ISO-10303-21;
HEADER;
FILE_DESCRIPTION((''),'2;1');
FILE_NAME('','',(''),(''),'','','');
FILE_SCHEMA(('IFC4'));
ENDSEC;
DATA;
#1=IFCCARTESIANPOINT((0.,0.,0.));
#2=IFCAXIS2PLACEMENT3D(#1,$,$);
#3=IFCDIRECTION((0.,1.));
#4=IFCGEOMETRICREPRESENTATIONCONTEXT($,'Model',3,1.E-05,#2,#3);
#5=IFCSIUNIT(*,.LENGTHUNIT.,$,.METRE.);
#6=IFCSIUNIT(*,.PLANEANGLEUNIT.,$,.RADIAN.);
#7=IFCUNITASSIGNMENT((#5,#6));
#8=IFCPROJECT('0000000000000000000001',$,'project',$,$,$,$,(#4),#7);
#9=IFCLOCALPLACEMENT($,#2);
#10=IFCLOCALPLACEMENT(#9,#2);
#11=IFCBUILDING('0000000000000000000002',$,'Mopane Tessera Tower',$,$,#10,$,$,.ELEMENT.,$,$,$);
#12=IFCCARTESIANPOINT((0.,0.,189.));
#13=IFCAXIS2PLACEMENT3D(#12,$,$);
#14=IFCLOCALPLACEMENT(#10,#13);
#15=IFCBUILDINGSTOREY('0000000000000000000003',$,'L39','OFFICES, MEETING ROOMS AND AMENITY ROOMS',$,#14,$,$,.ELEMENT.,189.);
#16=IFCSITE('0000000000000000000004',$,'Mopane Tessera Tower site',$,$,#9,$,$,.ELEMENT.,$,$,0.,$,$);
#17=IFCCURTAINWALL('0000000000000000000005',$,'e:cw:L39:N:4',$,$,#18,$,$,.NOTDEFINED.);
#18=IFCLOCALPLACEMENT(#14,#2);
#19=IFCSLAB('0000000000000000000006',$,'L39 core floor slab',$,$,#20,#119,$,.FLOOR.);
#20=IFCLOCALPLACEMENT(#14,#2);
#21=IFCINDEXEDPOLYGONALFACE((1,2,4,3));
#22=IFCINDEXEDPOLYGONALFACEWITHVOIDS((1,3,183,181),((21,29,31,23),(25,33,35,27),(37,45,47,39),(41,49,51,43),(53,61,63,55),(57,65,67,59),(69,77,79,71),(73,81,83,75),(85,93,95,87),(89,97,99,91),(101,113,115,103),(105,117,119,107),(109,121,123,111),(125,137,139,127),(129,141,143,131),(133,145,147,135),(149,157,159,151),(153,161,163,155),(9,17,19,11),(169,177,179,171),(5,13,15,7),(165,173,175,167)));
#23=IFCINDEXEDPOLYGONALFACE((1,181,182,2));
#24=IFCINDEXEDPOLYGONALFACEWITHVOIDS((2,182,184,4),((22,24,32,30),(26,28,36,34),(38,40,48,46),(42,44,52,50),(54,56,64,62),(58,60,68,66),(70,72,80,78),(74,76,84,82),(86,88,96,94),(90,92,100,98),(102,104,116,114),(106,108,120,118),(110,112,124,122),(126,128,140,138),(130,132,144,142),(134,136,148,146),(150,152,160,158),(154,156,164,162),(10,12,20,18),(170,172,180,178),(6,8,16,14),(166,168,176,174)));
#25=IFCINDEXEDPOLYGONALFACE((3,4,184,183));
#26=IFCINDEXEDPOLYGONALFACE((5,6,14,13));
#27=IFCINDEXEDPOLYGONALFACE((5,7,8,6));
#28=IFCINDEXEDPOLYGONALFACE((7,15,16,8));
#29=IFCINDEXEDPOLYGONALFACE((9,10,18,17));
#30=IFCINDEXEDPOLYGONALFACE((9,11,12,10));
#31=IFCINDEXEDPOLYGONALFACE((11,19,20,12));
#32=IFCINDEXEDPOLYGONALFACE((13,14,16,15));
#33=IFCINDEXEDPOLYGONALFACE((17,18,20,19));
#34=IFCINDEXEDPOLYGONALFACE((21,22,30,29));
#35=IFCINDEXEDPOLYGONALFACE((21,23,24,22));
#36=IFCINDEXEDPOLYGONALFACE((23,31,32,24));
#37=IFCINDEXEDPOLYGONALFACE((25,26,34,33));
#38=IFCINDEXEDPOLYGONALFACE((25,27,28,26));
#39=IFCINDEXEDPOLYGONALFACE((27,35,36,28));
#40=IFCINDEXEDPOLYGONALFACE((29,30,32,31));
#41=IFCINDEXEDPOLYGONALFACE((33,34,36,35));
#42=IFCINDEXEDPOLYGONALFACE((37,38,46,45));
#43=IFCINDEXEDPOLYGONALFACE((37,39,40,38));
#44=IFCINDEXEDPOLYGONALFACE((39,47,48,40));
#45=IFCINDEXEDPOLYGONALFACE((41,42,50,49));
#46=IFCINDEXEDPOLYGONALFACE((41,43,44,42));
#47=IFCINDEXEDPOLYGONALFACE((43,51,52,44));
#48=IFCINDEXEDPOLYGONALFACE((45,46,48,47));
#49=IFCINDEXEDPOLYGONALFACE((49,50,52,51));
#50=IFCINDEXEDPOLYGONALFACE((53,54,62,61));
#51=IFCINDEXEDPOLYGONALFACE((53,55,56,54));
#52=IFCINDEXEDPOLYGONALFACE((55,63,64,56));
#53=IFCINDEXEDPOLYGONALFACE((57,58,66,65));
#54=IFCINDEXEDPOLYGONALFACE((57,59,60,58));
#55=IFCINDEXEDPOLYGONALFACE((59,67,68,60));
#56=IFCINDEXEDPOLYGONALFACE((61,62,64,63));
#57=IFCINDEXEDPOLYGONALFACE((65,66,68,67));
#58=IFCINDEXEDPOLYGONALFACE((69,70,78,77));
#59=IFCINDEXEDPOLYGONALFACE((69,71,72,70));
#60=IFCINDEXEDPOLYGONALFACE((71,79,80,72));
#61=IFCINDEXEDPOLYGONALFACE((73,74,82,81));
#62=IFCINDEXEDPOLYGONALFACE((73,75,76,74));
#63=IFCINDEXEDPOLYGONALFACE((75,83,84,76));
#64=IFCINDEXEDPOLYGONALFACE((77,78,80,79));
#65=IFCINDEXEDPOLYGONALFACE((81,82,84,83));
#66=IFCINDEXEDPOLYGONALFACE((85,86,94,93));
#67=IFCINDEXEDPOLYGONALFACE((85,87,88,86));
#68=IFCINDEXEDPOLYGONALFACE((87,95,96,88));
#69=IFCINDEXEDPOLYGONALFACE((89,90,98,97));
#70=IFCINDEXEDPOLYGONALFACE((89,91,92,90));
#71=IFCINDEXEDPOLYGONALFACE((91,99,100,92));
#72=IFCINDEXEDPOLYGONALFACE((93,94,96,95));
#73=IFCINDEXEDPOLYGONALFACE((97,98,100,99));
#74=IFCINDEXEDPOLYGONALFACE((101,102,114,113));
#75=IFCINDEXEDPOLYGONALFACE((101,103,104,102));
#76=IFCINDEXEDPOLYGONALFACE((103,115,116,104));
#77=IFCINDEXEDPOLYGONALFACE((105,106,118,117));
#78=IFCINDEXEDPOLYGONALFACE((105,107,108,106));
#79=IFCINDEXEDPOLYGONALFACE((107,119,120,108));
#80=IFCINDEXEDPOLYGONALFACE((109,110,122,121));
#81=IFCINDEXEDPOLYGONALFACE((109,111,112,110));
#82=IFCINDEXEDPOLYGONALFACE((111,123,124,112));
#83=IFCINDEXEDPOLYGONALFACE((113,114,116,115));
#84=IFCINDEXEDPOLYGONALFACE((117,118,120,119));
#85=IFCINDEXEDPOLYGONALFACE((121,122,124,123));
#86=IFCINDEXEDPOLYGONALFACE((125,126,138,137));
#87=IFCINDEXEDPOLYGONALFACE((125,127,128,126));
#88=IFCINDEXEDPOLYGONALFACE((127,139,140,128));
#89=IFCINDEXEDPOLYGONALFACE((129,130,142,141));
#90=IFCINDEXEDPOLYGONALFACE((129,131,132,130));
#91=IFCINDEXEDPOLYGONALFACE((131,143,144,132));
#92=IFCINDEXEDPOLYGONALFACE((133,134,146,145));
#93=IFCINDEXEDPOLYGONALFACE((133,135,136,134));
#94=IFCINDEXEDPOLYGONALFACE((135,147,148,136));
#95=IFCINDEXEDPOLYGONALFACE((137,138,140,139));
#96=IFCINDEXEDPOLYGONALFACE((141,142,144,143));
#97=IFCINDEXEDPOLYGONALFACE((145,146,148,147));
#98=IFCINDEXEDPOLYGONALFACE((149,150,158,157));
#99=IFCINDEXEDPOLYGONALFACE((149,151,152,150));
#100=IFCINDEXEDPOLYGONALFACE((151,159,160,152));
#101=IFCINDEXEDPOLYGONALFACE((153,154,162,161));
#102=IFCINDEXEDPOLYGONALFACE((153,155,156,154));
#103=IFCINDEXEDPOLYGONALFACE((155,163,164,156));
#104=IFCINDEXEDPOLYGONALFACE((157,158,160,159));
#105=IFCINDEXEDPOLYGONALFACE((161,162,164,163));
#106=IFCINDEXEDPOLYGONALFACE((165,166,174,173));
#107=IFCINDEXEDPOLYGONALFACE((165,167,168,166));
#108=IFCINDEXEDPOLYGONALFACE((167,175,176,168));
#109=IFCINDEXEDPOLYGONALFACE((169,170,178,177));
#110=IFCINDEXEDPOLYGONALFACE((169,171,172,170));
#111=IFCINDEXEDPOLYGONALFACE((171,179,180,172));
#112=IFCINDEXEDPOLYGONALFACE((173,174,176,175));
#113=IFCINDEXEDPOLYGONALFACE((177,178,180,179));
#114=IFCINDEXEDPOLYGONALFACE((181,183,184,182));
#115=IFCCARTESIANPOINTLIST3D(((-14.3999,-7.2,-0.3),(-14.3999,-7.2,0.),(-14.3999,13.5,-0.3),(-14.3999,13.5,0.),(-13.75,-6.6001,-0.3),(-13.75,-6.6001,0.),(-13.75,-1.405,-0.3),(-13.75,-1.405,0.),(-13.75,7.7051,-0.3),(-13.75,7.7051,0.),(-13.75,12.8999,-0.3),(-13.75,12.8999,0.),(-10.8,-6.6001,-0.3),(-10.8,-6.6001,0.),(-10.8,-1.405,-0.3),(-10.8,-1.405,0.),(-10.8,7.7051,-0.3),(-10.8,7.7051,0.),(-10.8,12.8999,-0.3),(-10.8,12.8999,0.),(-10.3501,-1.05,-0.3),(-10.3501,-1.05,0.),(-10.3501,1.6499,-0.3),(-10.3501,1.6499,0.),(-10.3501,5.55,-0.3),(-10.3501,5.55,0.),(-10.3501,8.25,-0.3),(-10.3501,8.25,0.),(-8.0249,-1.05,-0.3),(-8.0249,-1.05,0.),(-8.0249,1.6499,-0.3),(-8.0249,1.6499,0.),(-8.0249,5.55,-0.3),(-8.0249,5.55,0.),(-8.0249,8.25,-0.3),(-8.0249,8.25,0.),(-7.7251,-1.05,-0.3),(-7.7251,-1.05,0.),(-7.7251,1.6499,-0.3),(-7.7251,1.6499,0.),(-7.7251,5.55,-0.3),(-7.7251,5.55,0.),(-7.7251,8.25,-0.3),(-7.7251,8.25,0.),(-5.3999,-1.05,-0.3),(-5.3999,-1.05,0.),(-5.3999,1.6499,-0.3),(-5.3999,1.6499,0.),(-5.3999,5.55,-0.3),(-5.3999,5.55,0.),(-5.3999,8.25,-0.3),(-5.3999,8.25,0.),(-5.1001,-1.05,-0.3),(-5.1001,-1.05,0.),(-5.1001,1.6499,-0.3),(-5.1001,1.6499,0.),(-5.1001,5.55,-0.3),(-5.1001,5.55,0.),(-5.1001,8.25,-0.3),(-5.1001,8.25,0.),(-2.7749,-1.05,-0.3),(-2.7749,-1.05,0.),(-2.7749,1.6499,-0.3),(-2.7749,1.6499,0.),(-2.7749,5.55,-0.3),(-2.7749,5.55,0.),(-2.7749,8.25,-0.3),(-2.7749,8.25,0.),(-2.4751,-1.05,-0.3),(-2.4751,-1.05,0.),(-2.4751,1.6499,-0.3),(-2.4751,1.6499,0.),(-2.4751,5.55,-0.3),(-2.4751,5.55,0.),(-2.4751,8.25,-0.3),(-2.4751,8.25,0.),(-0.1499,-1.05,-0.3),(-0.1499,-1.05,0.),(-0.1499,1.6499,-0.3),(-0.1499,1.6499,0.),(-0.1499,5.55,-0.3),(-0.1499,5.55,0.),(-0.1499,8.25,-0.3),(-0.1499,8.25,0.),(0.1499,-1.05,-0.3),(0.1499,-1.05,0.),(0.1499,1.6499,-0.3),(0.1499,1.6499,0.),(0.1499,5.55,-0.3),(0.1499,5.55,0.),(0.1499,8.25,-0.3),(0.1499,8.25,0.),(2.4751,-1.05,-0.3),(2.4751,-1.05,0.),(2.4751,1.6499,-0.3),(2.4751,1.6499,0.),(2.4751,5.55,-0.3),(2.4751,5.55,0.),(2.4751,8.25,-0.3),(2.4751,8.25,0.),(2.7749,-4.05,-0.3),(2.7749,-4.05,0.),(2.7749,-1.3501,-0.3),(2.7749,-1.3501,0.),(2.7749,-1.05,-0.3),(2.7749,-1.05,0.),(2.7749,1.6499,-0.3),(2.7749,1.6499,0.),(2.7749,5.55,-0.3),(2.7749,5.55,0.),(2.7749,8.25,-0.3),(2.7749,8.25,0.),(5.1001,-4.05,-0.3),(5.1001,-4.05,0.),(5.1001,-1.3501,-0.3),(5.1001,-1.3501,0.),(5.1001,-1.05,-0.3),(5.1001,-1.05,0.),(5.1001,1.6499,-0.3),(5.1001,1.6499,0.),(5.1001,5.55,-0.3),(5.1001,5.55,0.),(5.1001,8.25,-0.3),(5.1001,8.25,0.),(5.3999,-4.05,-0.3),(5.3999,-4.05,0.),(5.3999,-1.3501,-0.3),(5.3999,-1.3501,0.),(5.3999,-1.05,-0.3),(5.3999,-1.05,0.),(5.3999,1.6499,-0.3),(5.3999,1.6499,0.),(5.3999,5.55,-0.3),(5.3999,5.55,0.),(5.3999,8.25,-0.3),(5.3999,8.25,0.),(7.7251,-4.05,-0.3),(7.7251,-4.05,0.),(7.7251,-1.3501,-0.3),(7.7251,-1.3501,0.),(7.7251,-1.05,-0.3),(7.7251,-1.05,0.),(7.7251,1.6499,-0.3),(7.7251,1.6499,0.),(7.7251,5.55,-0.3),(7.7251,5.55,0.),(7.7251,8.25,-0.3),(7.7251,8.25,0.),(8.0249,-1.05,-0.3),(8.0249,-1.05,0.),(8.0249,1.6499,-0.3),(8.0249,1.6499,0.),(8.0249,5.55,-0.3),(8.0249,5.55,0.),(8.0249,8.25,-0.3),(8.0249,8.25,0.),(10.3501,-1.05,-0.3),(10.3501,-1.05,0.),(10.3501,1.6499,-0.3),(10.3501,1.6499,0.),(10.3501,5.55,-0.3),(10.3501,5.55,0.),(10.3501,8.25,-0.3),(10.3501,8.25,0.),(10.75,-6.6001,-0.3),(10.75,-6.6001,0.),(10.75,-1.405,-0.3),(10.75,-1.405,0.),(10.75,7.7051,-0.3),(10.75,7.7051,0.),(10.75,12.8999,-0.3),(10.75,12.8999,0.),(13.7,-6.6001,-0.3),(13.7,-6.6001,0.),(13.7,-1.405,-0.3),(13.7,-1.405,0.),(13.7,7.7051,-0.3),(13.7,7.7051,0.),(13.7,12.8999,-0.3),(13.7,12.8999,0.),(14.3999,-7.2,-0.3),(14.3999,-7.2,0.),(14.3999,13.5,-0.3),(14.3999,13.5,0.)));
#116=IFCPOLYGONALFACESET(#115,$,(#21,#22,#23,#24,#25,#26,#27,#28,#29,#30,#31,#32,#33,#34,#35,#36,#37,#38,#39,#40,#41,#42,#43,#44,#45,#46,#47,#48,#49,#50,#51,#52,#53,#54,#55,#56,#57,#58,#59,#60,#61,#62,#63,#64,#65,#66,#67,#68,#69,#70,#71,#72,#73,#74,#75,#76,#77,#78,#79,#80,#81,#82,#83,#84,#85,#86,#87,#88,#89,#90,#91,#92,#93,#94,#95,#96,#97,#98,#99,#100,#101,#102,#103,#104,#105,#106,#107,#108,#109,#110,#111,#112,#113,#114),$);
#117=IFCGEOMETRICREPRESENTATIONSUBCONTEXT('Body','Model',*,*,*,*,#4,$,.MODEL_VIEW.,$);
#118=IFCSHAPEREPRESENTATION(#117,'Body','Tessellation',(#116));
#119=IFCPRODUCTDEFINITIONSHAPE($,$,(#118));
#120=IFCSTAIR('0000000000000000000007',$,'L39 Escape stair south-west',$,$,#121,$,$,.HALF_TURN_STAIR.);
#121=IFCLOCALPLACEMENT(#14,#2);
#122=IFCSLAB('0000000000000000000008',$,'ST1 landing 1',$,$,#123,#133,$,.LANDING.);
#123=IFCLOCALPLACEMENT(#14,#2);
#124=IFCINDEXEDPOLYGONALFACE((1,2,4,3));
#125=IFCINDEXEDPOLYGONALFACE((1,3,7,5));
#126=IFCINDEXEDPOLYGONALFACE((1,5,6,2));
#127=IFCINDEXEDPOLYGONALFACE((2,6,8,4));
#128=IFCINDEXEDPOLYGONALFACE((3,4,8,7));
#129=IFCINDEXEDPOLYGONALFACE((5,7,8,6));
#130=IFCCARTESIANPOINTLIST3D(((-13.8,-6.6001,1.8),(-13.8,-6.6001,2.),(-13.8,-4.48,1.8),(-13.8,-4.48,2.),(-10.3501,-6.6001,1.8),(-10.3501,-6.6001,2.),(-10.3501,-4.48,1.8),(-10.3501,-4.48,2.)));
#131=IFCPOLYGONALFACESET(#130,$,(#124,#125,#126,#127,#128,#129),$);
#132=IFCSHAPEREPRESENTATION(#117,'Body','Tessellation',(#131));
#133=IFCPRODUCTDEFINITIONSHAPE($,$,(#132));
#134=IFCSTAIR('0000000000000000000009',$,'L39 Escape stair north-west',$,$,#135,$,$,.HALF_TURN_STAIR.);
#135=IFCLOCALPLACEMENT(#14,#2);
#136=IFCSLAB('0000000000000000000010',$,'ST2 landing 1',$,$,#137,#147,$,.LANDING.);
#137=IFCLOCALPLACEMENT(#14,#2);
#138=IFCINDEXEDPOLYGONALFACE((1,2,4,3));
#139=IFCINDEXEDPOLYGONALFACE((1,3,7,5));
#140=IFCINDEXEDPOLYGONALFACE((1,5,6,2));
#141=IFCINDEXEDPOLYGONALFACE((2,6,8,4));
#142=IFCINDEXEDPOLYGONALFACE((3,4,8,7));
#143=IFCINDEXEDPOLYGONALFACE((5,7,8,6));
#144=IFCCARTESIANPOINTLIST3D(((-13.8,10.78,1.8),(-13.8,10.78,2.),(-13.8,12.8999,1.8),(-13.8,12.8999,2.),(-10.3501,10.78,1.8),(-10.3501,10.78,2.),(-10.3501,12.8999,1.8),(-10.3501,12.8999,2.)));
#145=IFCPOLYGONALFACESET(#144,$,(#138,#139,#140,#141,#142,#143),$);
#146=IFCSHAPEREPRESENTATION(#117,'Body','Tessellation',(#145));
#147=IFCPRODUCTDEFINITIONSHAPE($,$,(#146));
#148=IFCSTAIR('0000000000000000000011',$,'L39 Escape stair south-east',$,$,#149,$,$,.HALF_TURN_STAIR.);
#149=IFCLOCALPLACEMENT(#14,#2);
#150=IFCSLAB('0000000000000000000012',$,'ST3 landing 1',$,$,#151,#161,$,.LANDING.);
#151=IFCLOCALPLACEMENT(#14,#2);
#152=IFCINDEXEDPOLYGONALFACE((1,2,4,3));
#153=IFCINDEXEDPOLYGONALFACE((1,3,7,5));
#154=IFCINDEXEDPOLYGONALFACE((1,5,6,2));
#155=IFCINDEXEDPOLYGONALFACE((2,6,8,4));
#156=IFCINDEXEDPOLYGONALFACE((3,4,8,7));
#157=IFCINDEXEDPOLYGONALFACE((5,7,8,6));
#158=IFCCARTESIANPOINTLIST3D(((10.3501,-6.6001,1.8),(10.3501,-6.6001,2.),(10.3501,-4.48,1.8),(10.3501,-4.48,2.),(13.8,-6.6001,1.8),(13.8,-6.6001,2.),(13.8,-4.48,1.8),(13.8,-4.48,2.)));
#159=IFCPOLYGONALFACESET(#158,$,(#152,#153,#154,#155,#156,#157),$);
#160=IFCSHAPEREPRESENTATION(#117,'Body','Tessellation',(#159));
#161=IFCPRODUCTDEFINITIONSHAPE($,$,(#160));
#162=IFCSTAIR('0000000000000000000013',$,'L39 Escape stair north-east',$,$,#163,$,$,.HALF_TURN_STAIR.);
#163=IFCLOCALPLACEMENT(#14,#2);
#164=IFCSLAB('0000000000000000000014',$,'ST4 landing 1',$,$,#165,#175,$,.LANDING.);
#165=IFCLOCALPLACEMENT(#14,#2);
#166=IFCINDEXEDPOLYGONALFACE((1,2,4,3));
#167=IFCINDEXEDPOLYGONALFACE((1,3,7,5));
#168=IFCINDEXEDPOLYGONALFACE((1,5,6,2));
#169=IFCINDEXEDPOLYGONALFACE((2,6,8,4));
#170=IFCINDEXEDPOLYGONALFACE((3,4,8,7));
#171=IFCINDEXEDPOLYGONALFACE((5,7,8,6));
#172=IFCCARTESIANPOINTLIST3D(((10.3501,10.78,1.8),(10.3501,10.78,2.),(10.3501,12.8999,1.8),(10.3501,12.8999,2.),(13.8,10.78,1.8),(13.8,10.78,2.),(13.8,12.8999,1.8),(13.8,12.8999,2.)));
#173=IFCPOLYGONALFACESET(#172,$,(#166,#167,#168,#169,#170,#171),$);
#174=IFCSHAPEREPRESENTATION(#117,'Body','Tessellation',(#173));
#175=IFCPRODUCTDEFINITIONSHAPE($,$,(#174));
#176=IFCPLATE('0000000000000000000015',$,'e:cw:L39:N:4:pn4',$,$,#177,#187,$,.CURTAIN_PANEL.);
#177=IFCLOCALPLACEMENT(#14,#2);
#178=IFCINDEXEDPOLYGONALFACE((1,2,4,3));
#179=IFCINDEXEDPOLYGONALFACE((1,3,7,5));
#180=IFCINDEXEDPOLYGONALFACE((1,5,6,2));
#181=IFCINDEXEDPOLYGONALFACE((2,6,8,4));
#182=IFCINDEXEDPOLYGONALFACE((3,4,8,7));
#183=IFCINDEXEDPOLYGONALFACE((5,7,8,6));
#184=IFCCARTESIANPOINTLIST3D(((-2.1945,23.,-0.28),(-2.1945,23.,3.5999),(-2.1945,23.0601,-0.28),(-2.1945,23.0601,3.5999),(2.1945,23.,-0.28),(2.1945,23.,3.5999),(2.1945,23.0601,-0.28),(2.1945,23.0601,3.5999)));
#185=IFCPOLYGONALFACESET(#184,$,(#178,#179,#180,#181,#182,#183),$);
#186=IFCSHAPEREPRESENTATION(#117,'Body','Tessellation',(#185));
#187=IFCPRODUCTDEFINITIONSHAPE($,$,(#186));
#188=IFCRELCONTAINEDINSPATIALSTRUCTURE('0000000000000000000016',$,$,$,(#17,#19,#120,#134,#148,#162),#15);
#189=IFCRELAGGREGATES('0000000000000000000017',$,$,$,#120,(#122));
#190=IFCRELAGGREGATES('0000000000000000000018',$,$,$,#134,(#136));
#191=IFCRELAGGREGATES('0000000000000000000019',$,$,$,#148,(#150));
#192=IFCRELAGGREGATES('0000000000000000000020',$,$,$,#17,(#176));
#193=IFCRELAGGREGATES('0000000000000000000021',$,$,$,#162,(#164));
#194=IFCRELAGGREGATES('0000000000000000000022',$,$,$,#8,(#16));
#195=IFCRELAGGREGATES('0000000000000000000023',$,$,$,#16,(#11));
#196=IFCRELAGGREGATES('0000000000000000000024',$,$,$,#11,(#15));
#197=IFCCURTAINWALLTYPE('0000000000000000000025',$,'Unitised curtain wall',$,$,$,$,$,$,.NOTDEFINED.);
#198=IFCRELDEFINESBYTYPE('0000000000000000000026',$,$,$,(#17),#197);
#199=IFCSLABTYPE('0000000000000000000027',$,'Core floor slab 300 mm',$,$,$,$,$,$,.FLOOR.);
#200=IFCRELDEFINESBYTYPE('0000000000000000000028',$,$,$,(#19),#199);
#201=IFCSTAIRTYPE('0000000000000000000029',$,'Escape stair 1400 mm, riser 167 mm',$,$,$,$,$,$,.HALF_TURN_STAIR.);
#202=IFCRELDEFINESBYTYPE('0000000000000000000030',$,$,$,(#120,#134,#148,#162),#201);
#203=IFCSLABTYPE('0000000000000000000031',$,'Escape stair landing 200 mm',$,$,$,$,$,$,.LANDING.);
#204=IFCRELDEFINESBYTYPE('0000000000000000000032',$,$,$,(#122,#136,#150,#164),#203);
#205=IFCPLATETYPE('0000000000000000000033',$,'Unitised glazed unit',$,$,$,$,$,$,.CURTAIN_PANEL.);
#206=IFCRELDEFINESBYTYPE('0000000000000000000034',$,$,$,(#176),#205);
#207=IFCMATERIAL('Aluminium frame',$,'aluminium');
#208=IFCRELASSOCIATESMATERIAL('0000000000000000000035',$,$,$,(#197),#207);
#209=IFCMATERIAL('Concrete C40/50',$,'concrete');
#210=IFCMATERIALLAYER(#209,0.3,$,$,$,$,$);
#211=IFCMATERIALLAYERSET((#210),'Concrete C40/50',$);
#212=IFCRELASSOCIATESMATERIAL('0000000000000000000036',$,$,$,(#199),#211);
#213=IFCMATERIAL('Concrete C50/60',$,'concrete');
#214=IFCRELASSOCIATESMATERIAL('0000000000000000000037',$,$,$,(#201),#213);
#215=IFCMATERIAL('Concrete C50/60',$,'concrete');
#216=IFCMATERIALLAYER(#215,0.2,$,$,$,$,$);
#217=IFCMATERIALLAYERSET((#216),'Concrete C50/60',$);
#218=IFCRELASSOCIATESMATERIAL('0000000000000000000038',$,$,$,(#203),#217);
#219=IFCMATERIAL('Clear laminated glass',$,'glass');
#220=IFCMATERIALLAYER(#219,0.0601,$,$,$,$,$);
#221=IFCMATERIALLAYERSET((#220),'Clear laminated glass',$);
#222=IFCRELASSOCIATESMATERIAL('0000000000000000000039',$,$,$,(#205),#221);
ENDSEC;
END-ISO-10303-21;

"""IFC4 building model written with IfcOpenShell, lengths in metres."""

from ifc_helpers import new_model, si_unit, direction, frame, origin, origin_2d, place, context, subcontext, project, spatial, polyline, rectangle, outline, extrude, material, layer, layer_set, type_object, element, aggregate, save


model = new_model("IFC4")

# Units and contexts
model_context = context("Model", 3, precision=1e-05, world=origin(), true_north=direction((0.0, 1.0)))
body_context = subcontext(model_context, "Body", "Model", "MODEL_VIEW")
ifc_project = project(units=[si_unit("LENGTHUNIT", "METRE"), si_unit("PLANEANGLEUNIT", "RADIAN")], contexts=[model_context])

# Site, building, storey
site_placement = place(None, origin())
site = spatial("IfcSite", under=ifc_project, at=site_placement, Name="Mopane Tessera Tower site", CompositionType="ELEMENT", RefElevation=0.0)
building_placement = place(site_placement, origin())
building = spatial("IfcBuilding", under=site, at=building_placement, Name="Mopane Tessera Tower", CompositionType="ELEMENT")
storey_placement = place(building_placement, frame((0.0, 0.0, 189.0)))
storey = spatial("IfcBuildingStorey", under=building, at=storey_placement, Name="L39", Description="OFFICES, MEETING ROOMS AND AMENITY ROOMS", CompositionType="ELEMENT", Elevation=189.0)

# Curtain wall
ifc_material_1 = material(Name="Aluminium frame", Category="aluminium")
curtain_wall_type = type_object("IfcCurtainWallType", Name="Unitised curtain wall", PredefinedType="NOTDEFINED", material=ifc_material_1)
curtain_wall_placement = place(storey_placement, origin())
curtain_wall = element("IfcCurtainWall", 1, at=curtain_wall_placement, inside=storey, type_object=curtain_wall_type, Name="e:cw:L39:N:4", PredefinedType="NOTDEFINED")

# Slab
ifc_material_2 = material(Name="Concrete C40/50", Category="concrete")
ifc_layer_1 = layer(ifc_material_2, 0.3)
ifc_layer_set_1 = layer_set([ifc_layer_1], Name="Concrete C40/50")
slab_type_1 = type_object("IfcSlabType", Name="Core floor slab 300 mm", PredefinedType="FLOOR", material=ifc_layer_set_1)
slab_1_placement = place(storey_placement, frame((0.0, 0.0, -0.3)))
element("IfcSlab", 2, at=slab_1_placement, inside=storey, type_object=slab_type_1, Name="L39 core floor slab", PredefinedType="FLOOR", context=body_context, shape_type="SweptSolid", body=[
    extrude(outline(polyline([(-14.3999, -7.2), (14.3999, -7.2), (14.3999, 13.5), (-14.3999, 13.5), (-14.3999, -7.2)]), holes=[polyline([(-10.3501, -1.05), (-8.0249, -1.05), (-8.0249, 1.6499), (-10.3501, 1.6499), (-10.3501, -1.05)]), polyline([(-7.7251, -1.05), (-5.3999, -1.05), (-5.3999, 1.6499), (-7.7251, 1.6499), (-7.7251, -1.05)]), polyline([(-5.1001, -1.05), (-2.7749, -1.05), (-2.7749, 1.6499), (-5.1001, 1.6499), (-5.1001, -1.05)]), polyline([(-2.4751, -1.05), (-0.1499, -1.05), (-0.1499, 1.6499), (-2.4751, 1.6499), (-2.4751, -1.05)]), polyline([(0.1499, -1.05), (2.4751, -1.05), (2.4751, 1.6499), (0.1499, 1.6499), (0.1499, -1.05)]), polyline([(2.7749, -1.05), (5.1001, -1.05), (5.1001, 1.6499), (2.7749, 1.6499), (2.7749, -1.05)]), polyline([(5.3999, -1.05), (7.7251, -1.05), (7.7251, 1.6499), (5.3999, 1.6499), (5.3999, -1.05)]), polyline([(8.0249, -1.05), (10.3501, -1.05), (10.3501, 1.6499), (8.0249, 1.6499), (8.0249, -1.05)]), polyline([(-10.3501, 5.55), (-8.0249, 5.55), (-8.0249, 8.25), (-10.3501, 8.25), (-10.3501, 5.55)]), polyline([(-7.7251, 5.55), (-5.3999, 5.55), (-5.3999, 8.25), (-7.7251, 8.25), (-7.7251, 5.55)]), polyline([(-5.1001, 5.55), (-2.7749, 5.55), (-2.7749, 8.25), (-5.1001, 8.25), (-5.1001, 5.55)]), polyline([(-2.4751, 5.55), (-0.1499, 5.55), (-0.1499, 8.25), (-2.4751, 8.25), (-2.4751, 5.55)]), polyline([(0.1499, 5.55), (2.4751, 5.55), (2.4751, 8.25), (0.1499, 8.25), (0.1499, 5.55)]), polyline([(2.7749, 5.55), (5.1001, 5.55), (5.1001, 8.25), (2.7749, 8.25), (2.7749, 5.55)]), polyline([(5.3999, 5.55), (7.7251, 5.55), (7.7251, 8.25), (5.3999, 8.25), (5.3999, 5.55)]), polyline([(8.0249, 5.55), (10.3501, 5.55), (10.3501, 8.25), (8.0249, 8.25), (8.0249, 5.55)]), polyline([(2.7749, -4.05), (5.1001, -4.05), (5.1001, -1.3501), (2.7749, -1.3501), (2.7749, -4.05)]), polyline([(5.3999, -4.05), (7.7251, -4.05), (7.7251, -1.3501), (5.3999, -1.3501), (5.3999, -4.05)]), polyline([(-13.75, -1.405), (-13.75, -6.6001), (-10.8, -6.6001), (-10.8, -1.405), (-13.75, -1.405)]), polyline([(-10.8, 7.7051), (-10.8, 12.8999), (-13.75, 12.8999), (-13.75, 7.7051), (-10.8, 7.7051)]), polyline([(10.75, -1.405), (10.75, -6.6001), (13.7, -6.6001), (13.7, -1.405), (10.75, -1.405)]), polyline([(13.7, 7.7051), (13.7, 12.8999), (10.75, 12.8999), (10.75, 7.7051), (13.7, 7.7051)])]), origin(), (0.0, 0.0, 1.0), 0.3),
])

# Stairs, slabs
ifc_material_3 = material(Name="Concrete C50/60", Category="concrete")
stair_type = type_object("IfcStairType", Name="Escape stair 1400 mm, riser 167 mm", PredefinedType="HALF_TURN_STAIR", material=ifc_material_3)
stair_1_placement = place(storey_placement, origin())
stair_1 = element("IfcStair", 3, at=stair_1_placement, inside=storey, type_object=stair_type, Name="L39 Escape stair south-west", PredefinedType="HALF_TURN_STAIR")
ifc_material_4 = material(Name="Concrete C50/60", Category="concrete")
ifc_layer_2 = layer(ifc_material_4, 0.2)
ifc_layer_set_2 = layer_set([ifc_layer_2], Name="Concrete C50/60")
slab_type_2 = type_object("IfcSlabType", Name="Escape stair landing 200 mm", PredefinedType="LANDING", material=ifc_layer_set_2)
slab_2_placement = place(storey_placement, frame((0.0, 0.0, 1.8)))
slab_2 = element("IfcSlab", 4, at=slab_2_placement, type_object=slab_type_2, Name="ST1 landing 1", PredefinedType="LANDING", context=body_context, shape_type="SweptSolid", body=[
    extrude(outline(polyline([(-13.8, -4.48), (-13.8, -6.6001), (-10.3501, -6.6001), (-10.3501, -4.48), (-13.8, -4.48)])), origin(), (0.0, 0.0, 1.0), 0.2),
])
aggregate(stair_1, [slab_2])
stair_2_placement = place(storey_placement, origin())
stair_2 = element("IfcStair", 5, at=stair_2_placement, inside=storey, type_object=stair_type, Name="L39 Escape stair north-west", PredefinedType="HALF_TURN_STAIR")
slab_3_placement = place(storey_placement, frame((0.0, 0.0, 1.8)))
slab_3 = element("IfcSlab", 6, at=slab_3_placement, type_object=slab_type_2, Name="ST2 landing 1", PredefinedType="LANDING", context=body_context, shape_type="SweptSolid", body=[
    extrude(outline(polyline([(-10.3501, 10.78), (-10.3501, 12.8999), (-13.8, 12.8999), (-13.8, 10.78), (-10.3501, 10.78)])), origin(), (0.0, 0.0, 1.0), 0.2),
])
aggregate(stair_2, [slab_3])
stair_3_placement = place(storey_placement, origin())
stair_3 = element("IfcStair", 7, at=stair_3_placement, inside=storey, type_object=stair_type, Name="L39 Escape stair south-east", PredefinedType="HALF_TURN_STAIR")
slab_4_placement = place(storey_placement, frame((0.0, 0.0, 1.8)))
slab_4 = element("IfcSlab", 8, at=slab_4_placement, type_object=slab_type_2, Name="ST3 landing 1", PredefinedType="LANDING", context=body_context, shape_type="SweptSolid", body=[
    extrude(outline(polyline([(10.3501, -4.48), (10.3501, -6.6001), (13.8, -6.6001), (13.8, -4.48), (10.3501, -4.48)])), origin(), (0.0, 0.0, 1.0), 0.2),
])
aggregate(stair_3, [slab_4])
stair_4_placement = place(storey_placement, origin())
stair_4 = element("IfcStair", 9, at=stair_4_placement, inside=storey, type_object=stair_type, Name="L39 Escape stair north-east", PredefinedType="HALF_TURN_STAIR")
slab_5_placement = place(storey_placement, frame((0.0, 0.0, 1.8)))
slab_5 = element("IfcSlab", 10, at=slab_5_placement, type_object=slab_type_2, Name="ST4 landing 1", PredefinedType="LANDING", context=body_context, shape_type="SweptSolid", body=[
    extrude(outline(polyline([(13.8, 10.78), (13.8, 12.8999), (10.3501, 12.8999), (10.3501, 10.78), (13.8, 10.78)])), origin(), (0.0, 0.0, 1.0), 0.2),
])

# Plate
ifc_material_5 = material(Name="Clear laminated glass", Category="glass")
ifc_layer_3 = layer(ifc_material_5, 0.0601)
ifc_layer_set_3 = layer_set([ifc_layer_3], Name="Clear laminated glass")
plate_type = type_object("IfcPlateType", Name="Unitised glazed unit", PredefinedType="CURTAIN_PANEL", material=ifc_layer_set_3)
plate_placement = place(storey_placement, frame((0.0, 23.03, -0.28), z_axis=(0.0, 0.0, 1.0), x_axis=(-1.0, 0.0, 0.0)))
plate = element("IfcPlate", 11, at=plate_placement, type_object=plate_type, Name="e:cw:L39:N:4:pn4", PredefinedType="CURTAIN_PANEL", context=body_context, shape_type="SweptSolid", body=[
    extrude(rectangle(XDim=4.3889, YDim=0.0601, at=origin_2d()), origin(), (0.0, 0.0, 1.0), 3.8799),
])
aggregate(curtain_wall, [plate])

aggregate(stair_4, [slab_5])

save(model, "model.ifc")
